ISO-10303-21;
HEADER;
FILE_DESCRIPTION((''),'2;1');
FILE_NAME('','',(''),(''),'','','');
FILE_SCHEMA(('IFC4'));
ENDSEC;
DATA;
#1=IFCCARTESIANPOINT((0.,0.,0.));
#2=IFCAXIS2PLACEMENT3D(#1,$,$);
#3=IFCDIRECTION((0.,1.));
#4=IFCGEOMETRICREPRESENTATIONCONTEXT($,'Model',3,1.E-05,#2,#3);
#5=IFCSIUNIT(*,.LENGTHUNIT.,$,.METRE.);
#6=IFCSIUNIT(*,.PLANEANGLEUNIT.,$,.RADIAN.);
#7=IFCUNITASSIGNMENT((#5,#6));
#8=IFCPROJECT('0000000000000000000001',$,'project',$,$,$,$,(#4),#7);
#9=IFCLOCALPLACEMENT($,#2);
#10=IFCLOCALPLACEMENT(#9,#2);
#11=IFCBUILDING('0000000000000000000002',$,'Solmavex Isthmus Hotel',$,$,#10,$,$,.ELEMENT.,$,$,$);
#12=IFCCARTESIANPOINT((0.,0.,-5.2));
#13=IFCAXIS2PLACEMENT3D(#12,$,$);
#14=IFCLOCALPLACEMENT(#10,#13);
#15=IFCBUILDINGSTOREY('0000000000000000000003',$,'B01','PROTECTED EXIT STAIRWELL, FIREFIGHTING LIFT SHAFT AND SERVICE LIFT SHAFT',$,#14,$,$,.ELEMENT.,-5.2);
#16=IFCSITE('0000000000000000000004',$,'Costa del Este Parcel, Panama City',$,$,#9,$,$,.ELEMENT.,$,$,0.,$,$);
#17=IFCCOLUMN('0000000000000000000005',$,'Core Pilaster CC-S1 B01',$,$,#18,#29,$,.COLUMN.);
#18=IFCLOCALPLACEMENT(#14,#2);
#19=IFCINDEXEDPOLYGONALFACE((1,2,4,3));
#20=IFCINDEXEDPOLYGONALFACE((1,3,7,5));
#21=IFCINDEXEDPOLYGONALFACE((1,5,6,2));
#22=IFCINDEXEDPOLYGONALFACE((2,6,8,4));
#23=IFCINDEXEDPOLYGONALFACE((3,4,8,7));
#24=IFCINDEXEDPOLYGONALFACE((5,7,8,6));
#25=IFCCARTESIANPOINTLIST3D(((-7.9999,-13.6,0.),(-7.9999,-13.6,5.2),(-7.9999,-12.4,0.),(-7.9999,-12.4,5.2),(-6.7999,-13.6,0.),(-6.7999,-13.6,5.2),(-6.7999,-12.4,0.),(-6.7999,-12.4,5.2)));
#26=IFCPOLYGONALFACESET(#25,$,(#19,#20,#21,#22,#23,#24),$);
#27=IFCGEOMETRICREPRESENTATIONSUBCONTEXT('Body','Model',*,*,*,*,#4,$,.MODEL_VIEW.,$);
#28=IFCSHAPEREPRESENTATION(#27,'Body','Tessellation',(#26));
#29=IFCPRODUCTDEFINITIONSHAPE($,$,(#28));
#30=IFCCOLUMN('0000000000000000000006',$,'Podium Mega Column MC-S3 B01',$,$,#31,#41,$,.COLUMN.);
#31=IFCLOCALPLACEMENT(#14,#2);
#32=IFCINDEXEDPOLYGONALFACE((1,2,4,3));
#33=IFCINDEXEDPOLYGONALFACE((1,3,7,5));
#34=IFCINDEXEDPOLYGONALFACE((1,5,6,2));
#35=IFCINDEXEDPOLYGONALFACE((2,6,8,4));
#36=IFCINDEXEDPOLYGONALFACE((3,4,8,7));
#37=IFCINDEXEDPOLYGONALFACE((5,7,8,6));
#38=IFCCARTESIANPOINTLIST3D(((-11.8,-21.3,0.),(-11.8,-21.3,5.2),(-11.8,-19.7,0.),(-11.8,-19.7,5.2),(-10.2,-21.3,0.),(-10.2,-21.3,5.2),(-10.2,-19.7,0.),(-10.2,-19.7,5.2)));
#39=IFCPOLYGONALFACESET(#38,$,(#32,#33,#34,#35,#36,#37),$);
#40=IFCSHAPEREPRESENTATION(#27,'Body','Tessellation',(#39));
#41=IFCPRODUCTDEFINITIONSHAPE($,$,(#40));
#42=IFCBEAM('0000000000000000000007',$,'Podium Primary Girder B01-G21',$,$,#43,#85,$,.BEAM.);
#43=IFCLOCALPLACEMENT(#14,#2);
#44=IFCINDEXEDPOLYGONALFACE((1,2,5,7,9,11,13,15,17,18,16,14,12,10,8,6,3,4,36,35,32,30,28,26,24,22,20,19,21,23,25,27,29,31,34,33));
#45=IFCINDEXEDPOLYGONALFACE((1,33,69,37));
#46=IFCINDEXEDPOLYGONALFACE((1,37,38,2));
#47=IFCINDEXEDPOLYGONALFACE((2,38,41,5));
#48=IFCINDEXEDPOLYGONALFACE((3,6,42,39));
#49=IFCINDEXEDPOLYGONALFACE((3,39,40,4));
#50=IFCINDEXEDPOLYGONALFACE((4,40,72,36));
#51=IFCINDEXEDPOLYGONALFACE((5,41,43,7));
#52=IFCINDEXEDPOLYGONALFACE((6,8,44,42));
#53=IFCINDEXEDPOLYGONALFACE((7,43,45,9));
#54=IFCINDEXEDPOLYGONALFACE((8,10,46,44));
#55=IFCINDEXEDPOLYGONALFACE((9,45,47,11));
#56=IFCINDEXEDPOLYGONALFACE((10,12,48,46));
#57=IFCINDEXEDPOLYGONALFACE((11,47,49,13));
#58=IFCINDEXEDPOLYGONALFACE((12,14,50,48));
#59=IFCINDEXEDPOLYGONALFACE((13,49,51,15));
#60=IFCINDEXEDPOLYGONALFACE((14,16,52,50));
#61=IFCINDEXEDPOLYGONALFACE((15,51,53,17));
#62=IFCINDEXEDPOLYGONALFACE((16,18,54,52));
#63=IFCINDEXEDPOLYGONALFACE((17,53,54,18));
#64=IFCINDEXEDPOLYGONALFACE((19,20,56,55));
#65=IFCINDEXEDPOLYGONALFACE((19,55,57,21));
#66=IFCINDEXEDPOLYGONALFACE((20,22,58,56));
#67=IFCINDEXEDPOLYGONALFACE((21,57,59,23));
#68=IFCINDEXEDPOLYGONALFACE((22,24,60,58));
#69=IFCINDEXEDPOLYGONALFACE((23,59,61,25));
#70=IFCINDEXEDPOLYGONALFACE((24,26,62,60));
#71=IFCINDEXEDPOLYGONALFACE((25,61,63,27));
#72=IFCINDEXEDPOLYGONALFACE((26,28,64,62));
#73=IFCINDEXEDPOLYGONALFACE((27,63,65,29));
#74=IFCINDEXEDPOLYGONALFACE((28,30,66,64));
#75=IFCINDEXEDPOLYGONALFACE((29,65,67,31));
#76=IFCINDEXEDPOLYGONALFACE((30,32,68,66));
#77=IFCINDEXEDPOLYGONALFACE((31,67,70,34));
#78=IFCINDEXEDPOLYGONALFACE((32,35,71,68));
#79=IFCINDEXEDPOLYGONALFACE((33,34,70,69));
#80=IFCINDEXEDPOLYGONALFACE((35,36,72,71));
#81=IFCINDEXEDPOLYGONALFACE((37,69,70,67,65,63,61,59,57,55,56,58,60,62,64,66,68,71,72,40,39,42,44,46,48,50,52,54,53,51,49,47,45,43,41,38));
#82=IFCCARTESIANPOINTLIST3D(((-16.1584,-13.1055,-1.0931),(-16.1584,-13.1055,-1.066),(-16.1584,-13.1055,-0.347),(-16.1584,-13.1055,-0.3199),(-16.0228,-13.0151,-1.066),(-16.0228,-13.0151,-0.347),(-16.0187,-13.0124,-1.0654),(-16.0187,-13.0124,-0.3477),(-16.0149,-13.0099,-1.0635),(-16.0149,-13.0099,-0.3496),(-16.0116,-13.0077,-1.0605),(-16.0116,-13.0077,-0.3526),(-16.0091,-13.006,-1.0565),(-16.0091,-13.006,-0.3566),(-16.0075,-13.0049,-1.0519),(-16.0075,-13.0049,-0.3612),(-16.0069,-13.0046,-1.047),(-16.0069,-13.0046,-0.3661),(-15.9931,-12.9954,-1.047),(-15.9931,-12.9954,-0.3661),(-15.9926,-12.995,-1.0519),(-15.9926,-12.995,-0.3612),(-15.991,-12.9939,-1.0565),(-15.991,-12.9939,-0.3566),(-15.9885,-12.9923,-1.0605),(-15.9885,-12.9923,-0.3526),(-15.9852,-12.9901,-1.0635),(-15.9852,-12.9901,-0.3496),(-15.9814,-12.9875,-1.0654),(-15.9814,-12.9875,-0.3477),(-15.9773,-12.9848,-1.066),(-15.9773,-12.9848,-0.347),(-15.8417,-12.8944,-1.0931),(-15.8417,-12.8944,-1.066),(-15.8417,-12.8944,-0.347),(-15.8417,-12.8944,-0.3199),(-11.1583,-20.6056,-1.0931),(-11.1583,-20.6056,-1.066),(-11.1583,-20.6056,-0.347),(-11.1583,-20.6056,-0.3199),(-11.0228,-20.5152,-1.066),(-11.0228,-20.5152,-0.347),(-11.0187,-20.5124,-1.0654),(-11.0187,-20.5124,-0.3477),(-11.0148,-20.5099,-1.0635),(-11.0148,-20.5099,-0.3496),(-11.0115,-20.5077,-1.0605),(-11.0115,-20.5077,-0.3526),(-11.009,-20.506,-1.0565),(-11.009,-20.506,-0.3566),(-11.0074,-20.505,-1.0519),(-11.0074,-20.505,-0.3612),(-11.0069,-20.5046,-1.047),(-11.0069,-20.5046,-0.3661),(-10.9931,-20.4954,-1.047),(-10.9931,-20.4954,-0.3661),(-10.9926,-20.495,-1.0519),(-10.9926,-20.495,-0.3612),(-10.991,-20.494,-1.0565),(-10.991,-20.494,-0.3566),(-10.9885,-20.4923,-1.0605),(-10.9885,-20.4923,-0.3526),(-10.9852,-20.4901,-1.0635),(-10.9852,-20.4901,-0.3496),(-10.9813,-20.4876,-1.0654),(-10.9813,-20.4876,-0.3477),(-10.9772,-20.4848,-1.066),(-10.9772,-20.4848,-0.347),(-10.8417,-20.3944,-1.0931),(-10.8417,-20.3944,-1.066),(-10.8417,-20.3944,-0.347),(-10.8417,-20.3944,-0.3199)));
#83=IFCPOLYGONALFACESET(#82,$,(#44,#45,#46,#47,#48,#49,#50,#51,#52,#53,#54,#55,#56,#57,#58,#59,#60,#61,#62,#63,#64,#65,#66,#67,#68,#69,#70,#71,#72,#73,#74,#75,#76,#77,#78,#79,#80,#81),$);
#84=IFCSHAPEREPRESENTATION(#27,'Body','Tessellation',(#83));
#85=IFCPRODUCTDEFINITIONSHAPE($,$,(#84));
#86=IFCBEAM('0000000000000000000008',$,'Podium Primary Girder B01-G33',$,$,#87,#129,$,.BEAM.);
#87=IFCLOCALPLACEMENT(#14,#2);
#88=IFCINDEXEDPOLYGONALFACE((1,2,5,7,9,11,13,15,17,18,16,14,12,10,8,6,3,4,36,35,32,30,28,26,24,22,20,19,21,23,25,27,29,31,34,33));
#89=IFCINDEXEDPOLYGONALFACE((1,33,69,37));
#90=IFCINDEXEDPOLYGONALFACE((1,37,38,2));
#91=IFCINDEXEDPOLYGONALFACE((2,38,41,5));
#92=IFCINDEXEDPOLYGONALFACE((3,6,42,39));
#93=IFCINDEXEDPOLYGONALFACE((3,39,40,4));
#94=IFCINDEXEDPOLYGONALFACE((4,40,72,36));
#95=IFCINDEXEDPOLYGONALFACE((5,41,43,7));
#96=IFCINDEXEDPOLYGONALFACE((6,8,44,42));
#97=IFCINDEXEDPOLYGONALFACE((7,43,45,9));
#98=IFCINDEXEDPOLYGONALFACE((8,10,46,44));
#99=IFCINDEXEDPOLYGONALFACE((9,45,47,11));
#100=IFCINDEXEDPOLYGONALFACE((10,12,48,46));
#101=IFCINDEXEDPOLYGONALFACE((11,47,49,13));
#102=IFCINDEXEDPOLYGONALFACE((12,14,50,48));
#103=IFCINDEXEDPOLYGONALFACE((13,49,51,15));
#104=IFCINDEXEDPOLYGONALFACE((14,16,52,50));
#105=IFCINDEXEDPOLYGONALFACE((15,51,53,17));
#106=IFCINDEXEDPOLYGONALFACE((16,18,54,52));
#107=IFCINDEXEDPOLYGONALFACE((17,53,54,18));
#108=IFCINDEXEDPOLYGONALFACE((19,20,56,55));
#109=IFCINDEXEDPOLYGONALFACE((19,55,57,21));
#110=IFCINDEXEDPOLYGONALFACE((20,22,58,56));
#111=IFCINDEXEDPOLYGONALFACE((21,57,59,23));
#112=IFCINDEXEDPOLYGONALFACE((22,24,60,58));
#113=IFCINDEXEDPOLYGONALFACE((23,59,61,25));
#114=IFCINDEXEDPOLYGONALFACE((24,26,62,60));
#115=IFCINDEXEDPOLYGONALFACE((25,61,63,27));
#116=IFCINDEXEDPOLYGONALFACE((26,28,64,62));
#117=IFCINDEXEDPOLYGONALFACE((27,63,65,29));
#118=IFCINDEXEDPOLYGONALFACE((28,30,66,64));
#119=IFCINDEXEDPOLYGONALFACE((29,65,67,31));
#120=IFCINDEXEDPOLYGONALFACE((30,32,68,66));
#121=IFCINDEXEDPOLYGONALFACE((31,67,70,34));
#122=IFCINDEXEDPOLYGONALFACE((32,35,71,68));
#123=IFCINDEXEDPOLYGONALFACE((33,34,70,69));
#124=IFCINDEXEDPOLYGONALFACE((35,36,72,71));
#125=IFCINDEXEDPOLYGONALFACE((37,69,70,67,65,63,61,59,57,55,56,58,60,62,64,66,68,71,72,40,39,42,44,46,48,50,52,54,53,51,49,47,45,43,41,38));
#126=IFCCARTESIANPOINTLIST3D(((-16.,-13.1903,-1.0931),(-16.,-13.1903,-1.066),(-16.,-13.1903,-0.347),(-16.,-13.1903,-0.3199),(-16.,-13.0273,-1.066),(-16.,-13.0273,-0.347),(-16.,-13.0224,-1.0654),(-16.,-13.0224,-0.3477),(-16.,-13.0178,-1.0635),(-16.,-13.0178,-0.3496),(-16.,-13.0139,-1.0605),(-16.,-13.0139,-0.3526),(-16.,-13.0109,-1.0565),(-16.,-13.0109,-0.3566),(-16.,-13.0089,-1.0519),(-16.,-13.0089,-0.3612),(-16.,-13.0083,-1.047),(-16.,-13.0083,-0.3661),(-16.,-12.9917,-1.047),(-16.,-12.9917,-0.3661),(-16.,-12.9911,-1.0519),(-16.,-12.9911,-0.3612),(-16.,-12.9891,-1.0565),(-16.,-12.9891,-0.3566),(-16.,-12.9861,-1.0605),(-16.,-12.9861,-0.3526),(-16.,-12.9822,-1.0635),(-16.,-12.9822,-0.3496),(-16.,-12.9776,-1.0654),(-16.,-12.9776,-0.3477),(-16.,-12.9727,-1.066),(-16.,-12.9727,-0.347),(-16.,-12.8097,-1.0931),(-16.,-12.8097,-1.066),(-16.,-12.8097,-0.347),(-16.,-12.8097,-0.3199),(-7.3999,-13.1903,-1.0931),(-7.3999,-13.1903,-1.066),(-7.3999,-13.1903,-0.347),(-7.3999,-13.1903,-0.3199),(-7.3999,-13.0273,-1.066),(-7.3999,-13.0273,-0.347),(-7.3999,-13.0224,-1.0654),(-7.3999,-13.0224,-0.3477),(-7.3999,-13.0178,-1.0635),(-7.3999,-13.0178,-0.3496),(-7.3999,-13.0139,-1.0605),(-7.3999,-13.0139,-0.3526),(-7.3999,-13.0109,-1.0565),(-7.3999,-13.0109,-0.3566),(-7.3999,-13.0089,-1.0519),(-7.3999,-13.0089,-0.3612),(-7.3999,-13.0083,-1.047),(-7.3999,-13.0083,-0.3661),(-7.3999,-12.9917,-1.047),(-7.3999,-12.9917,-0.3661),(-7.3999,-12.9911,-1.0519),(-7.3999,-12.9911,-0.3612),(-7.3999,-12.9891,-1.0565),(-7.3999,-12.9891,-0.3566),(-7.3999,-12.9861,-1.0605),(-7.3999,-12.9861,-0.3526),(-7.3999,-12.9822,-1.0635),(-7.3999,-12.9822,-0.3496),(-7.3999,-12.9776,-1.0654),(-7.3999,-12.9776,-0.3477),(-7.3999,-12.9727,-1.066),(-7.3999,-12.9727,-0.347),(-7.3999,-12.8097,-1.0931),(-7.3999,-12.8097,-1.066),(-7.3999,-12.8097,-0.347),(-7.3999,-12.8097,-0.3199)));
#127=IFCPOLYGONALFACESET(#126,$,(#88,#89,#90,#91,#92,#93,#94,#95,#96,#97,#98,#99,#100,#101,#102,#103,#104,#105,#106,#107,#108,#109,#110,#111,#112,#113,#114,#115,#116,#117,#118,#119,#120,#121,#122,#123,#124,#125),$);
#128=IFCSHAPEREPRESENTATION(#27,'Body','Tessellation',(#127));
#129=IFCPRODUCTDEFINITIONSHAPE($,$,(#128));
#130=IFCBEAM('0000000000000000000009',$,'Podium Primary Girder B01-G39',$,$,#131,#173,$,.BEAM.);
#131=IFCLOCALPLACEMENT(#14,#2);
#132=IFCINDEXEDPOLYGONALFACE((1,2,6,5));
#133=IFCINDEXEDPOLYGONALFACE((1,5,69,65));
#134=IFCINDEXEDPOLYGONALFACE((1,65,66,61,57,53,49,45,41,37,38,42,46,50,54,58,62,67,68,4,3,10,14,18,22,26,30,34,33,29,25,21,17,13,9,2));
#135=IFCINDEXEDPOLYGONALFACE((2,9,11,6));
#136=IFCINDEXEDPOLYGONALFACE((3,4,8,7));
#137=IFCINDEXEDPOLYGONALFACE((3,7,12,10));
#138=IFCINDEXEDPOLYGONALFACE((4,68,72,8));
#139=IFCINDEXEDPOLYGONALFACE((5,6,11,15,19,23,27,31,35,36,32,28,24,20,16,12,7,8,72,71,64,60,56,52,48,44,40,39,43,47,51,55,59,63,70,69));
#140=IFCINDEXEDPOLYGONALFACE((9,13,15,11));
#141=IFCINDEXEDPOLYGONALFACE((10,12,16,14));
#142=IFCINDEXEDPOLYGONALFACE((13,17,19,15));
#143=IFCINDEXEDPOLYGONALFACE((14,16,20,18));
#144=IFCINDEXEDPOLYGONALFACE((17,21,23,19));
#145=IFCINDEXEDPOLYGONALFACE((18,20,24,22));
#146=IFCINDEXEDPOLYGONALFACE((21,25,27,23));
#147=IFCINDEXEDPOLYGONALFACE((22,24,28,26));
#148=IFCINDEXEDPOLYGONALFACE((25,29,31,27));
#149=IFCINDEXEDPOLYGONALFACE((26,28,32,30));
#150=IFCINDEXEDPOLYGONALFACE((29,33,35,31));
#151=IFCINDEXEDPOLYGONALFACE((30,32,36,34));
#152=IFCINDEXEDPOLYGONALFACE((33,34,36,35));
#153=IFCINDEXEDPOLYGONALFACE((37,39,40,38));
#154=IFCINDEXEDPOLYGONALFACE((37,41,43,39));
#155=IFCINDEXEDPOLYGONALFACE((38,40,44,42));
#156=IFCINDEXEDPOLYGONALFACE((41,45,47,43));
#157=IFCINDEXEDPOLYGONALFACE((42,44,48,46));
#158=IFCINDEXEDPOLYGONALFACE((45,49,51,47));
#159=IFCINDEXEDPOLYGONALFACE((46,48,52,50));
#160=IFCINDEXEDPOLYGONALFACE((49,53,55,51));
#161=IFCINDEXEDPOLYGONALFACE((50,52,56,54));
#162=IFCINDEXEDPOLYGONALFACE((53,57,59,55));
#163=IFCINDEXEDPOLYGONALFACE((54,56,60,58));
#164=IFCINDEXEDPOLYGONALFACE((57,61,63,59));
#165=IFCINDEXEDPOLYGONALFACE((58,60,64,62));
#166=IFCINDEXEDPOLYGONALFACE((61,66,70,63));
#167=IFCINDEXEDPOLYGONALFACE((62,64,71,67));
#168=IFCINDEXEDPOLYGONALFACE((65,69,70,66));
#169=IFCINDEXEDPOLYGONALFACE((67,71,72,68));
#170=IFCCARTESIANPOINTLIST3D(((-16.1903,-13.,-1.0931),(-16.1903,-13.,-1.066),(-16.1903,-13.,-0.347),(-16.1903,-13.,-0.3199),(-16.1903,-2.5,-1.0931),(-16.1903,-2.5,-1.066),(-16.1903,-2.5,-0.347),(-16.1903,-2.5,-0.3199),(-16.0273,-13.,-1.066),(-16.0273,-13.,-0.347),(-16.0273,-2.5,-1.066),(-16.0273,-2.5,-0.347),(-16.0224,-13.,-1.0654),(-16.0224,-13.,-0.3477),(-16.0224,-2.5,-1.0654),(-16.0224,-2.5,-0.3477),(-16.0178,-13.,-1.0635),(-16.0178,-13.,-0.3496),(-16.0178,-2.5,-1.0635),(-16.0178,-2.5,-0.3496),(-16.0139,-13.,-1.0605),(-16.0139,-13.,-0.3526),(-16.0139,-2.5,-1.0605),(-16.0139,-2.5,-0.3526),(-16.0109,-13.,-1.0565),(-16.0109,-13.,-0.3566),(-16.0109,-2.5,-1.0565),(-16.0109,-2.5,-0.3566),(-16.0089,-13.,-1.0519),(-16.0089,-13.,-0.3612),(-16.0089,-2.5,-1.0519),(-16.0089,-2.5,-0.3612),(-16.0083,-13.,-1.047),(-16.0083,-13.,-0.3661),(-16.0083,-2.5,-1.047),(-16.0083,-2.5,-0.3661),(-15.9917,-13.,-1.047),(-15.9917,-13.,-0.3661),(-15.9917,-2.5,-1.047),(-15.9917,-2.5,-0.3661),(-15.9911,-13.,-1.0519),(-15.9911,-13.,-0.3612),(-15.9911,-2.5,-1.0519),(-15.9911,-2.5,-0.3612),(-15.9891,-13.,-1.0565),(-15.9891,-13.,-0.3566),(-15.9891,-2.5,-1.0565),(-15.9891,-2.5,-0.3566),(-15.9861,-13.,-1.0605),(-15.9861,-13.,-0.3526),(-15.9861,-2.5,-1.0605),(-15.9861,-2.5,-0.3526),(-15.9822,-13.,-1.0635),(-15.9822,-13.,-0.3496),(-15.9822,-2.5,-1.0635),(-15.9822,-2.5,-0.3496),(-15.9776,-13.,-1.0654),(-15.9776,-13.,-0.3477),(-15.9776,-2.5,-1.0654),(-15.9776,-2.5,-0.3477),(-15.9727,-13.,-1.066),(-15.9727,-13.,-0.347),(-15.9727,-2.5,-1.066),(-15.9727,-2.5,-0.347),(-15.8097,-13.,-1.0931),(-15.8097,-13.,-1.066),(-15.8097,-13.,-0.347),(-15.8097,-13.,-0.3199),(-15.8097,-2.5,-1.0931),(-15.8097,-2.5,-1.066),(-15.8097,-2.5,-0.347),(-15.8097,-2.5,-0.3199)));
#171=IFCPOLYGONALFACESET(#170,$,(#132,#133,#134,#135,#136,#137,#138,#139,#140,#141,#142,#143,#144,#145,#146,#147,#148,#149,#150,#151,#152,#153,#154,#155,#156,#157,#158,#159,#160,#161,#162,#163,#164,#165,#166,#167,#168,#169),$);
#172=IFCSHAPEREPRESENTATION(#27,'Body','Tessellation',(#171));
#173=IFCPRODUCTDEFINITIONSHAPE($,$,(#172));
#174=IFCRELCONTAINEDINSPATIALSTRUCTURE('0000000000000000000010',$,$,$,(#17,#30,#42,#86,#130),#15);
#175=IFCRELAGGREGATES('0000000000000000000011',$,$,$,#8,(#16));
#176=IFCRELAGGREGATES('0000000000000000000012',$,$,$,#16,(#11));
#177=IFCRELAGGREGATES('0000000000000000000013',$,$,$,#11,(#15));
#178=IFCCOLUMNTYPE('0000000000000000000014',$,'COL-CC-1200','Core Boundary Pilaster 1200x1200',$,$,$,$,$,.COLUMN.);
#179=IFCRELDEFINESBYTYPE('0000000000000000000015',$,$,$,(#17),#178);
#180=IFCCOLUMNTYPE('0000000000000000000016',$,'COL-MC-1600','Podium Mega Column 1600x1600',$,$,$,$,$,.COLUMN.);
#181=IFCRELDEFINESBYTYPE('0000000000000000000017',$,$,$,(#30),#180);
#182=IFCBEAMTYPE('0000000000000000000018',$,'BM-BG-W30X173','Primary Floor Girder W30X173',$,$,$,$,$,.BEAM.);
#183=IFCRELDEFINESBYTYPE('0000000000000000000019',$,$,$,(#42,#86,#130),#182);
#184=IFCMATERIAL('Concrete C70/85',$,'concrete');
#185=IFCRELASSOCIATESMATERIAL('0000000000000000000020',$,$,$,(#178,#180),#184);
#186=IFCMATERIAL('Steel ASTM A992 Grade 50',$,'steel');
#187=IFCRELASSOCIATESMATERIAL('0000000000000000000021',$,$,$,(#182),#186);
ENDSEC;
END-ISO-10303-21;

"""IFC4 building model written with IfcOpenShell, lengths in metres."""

from ifc_helpers import new_model, si_unit, direction, frame, origin, origin_2d, place, context, subcontext, project, spatial, rectangle, i_section, extrude, material, material_profile, profile_set, type_object, element, save


model = new_model("IFC4")

# Units and contexts
model_context = context("Model", 3, precision=1e-05, world=origin(), true_north=direction((0.0, 1.0)))
body_context = subcontext(model_context, "Body", "Model", "MODEL_VIEW")
ifc_project = project(units=[si_unit("LENGTHUNIT", "METRE"), si_unit("PLANEANGLEUNIT", "RADIAN")], contexts=[model_context])

# Site, building, storey
site_placement = place(None, origin())
site = spatial("IfcSite", under=ifc_project, at=site_placement, Name="Costa del Este Parcel, Panama City", CompositionType="ELEMENT", RefElevation=0.0)
building_placement = place(site_placement, origin())
building = spatial("IfcBuilding", under=site, at=building_placement, Name="Solmavex Isthmus Hotel", CompositionType="ELEMENT")
storey_placement = place(building_placement, frame((0.0, 0.0, -5.2)))
storey = spatial("IfcBuildingStorey", under=building, at=storey_placement, Name="B01", Description="PROTECTED EXIT STAIRWELL, FIREFIGHTING LIFT SHAFT AND SERVICE LIFT SHAFT", CompositionType="ELEMENT", Elevation=-5.2)

# Columns
ifc_material_1 = material(Name="Concrete C70/85", Category="concrete")
ifc_material_profile_1 = material_profile(ifc_material_1, rectangle(XDim=1.2, YDim=1.2, at=origin_2d()), Name="RC1200X1200")
ifc_profile_set_1 = profile_set([ifc_material_profile_1], Name="Concrete C70/85")
column_type_1 = type_object("IfcColumnType", Name="COL-CC-1200", Description="Core Boundary Pilaster 1200x1200", PredefinedType="COLUMN", material=ifc_profile_set_1)
column_1_placement = place(storey_placement, frame((-7.3999, -13.0, 0.0), z_axis=(0.0, 0.0, 1.0), x_axis=(1.0, 0.0, 0.0)))
element("IfcColumn", 1, at=column_1_placement, inside=storey, type_object=column_type_1, Name="Core Pilaster CC-S1 B01", PredefinedType="COLUMN", context=body_context, shape_type="SweptSolid", body=[
    extrude(rectangle(XDim=1.2, YDim=1.2, at=origin_2d()), origin(), (0.0, 0.0, 1.0), 5.2),
])
ifc_material_profile_2 = material_profile(ifc_material_1, rectangle(XDim=1.6001, YDim=1.6001, at=origin_2d()), Name="RC1600X1600")
ifc_profile_set_2 = profile_set([ifc_material_profile_2], Name="Concrete C70/85")
column_type_2 = type_object("IfcColumnType", Name="COL-MC-1600", Description="Podium Mega Column 1600x1600", PredefinedType="COLUMN", material=ifc_profile_set_2)
column_2_placement = place(storey_placement, frame((-11.0, -20.5, 0.0), z_axis=(0.0, 0.0, 1.0), x_axis=(1.0, 0.0, 0.0)))
element("IfcColumn", 2, at=column_2_placement, inside=storey, type_object=column_type_2, Name="Podium Mega Column MC-S3 B01", PredefinedType="COLUMN", context=body_context, shape_type="SweptSolid", body=[
    extrude(rectangle(XDim=1.6001, YDim=1.6001, at=origin_2d()), origin(), (0.0, 0.0, 1.0), 5.2),
])

# Beams
ifc_material_2 = material(Name="Steel ASTM A992 Grade 50", Category="steel")
ifc_material_profile_3 = material_profile(ifc_material_2, i_section(OverallWidth=0.3806, OverallDepth=0.7732, WebThickness=0.0166, FlangeThickness=0.0271, FilletRadius=0.019, at=origin_2d()), Name="W30X173")
ifc_profile_set_3 = profile_set([ifc_material_profile_3], Name="Steel ASTM A992 Grade 50")
beam_type_1 = type_object("IfcBeamType", Name="BM-BG-W30X173", Description="Primary Floor Girder W30X173", PredefinedType="BEAM", material=ifc_profile_set_3)
beam_1_placement = place(storey_placement, frame((-11.0, -20.5, -0.7065), z_axis=(-0.5547, 0.83205, 0.0), x_axis=(-0.83205, -0.5547, 0.0)))
element("IfcBeam", 3, at=beam_1_placement, inside=storey, type_object=beam_type_1, Name="Podium Primary Girder B01-G21", PredefinedType="BEAM", context=body_context, shape_type="SweptSolid", body=[
    extrude(i_section(OverallWidth=0.3806, OverallDepth=0.7732, WebThickness=0.0166, FlangeThickness=0.0271, FilletRadius=0.019, at=origin_2d()), origin(), (0.0, 0.0, 1.0), 9.0139),
])
beam_2_placement = place(storey_placement, frame((-16.0, -13.0, -0.7065), z_axis=(1.0, 0.0, 0.0), x_axis=(0.0, 1.0, 0.0)))
element("IfcBeam", 4, at=beam_2_placement, inside=storey, type_object=beam_type_1, Name="Podium Primary Girder B01-G33", PredefinedType="BEAM", context=body_context, shape_type="SweptSolid", body=[
    extrude(i_section(OverallWidth=0.3806, OverallDepth=0.7732, WebThickness=0.0166, FlangeThickness=0.0271, FilletRadius=0.019, at=origin_2d()), origin(), (0.0, 0.0, 1.0), 8.6001),
])
beam_3_placement = place(storey_placement, frame((-16.0, -13.0, -0.7065), z_axis=(0.0, 1.0, 0.0), x_axis=(-1.0, 0.0, 0.0)))
element("IfcBeam", 5, at=beam_3_placement, inside=storey, type_object=beam_type_1, Name="Podium Primary Girder B01-G39", PredefinedType="BEAM", context=body_context, shape_type="SweptSolid", body=[
    extrude(i_section(OverallWidth=0.3806, OverallDepth=0.7732, WebThickness=0.0166, FlangeThickness=0.0271, FilletRadius=0.019, at=origin_2d()), origin(), (0.0, 0.0, 1.0), 10.5),
])

save(model, "model.ifc")
